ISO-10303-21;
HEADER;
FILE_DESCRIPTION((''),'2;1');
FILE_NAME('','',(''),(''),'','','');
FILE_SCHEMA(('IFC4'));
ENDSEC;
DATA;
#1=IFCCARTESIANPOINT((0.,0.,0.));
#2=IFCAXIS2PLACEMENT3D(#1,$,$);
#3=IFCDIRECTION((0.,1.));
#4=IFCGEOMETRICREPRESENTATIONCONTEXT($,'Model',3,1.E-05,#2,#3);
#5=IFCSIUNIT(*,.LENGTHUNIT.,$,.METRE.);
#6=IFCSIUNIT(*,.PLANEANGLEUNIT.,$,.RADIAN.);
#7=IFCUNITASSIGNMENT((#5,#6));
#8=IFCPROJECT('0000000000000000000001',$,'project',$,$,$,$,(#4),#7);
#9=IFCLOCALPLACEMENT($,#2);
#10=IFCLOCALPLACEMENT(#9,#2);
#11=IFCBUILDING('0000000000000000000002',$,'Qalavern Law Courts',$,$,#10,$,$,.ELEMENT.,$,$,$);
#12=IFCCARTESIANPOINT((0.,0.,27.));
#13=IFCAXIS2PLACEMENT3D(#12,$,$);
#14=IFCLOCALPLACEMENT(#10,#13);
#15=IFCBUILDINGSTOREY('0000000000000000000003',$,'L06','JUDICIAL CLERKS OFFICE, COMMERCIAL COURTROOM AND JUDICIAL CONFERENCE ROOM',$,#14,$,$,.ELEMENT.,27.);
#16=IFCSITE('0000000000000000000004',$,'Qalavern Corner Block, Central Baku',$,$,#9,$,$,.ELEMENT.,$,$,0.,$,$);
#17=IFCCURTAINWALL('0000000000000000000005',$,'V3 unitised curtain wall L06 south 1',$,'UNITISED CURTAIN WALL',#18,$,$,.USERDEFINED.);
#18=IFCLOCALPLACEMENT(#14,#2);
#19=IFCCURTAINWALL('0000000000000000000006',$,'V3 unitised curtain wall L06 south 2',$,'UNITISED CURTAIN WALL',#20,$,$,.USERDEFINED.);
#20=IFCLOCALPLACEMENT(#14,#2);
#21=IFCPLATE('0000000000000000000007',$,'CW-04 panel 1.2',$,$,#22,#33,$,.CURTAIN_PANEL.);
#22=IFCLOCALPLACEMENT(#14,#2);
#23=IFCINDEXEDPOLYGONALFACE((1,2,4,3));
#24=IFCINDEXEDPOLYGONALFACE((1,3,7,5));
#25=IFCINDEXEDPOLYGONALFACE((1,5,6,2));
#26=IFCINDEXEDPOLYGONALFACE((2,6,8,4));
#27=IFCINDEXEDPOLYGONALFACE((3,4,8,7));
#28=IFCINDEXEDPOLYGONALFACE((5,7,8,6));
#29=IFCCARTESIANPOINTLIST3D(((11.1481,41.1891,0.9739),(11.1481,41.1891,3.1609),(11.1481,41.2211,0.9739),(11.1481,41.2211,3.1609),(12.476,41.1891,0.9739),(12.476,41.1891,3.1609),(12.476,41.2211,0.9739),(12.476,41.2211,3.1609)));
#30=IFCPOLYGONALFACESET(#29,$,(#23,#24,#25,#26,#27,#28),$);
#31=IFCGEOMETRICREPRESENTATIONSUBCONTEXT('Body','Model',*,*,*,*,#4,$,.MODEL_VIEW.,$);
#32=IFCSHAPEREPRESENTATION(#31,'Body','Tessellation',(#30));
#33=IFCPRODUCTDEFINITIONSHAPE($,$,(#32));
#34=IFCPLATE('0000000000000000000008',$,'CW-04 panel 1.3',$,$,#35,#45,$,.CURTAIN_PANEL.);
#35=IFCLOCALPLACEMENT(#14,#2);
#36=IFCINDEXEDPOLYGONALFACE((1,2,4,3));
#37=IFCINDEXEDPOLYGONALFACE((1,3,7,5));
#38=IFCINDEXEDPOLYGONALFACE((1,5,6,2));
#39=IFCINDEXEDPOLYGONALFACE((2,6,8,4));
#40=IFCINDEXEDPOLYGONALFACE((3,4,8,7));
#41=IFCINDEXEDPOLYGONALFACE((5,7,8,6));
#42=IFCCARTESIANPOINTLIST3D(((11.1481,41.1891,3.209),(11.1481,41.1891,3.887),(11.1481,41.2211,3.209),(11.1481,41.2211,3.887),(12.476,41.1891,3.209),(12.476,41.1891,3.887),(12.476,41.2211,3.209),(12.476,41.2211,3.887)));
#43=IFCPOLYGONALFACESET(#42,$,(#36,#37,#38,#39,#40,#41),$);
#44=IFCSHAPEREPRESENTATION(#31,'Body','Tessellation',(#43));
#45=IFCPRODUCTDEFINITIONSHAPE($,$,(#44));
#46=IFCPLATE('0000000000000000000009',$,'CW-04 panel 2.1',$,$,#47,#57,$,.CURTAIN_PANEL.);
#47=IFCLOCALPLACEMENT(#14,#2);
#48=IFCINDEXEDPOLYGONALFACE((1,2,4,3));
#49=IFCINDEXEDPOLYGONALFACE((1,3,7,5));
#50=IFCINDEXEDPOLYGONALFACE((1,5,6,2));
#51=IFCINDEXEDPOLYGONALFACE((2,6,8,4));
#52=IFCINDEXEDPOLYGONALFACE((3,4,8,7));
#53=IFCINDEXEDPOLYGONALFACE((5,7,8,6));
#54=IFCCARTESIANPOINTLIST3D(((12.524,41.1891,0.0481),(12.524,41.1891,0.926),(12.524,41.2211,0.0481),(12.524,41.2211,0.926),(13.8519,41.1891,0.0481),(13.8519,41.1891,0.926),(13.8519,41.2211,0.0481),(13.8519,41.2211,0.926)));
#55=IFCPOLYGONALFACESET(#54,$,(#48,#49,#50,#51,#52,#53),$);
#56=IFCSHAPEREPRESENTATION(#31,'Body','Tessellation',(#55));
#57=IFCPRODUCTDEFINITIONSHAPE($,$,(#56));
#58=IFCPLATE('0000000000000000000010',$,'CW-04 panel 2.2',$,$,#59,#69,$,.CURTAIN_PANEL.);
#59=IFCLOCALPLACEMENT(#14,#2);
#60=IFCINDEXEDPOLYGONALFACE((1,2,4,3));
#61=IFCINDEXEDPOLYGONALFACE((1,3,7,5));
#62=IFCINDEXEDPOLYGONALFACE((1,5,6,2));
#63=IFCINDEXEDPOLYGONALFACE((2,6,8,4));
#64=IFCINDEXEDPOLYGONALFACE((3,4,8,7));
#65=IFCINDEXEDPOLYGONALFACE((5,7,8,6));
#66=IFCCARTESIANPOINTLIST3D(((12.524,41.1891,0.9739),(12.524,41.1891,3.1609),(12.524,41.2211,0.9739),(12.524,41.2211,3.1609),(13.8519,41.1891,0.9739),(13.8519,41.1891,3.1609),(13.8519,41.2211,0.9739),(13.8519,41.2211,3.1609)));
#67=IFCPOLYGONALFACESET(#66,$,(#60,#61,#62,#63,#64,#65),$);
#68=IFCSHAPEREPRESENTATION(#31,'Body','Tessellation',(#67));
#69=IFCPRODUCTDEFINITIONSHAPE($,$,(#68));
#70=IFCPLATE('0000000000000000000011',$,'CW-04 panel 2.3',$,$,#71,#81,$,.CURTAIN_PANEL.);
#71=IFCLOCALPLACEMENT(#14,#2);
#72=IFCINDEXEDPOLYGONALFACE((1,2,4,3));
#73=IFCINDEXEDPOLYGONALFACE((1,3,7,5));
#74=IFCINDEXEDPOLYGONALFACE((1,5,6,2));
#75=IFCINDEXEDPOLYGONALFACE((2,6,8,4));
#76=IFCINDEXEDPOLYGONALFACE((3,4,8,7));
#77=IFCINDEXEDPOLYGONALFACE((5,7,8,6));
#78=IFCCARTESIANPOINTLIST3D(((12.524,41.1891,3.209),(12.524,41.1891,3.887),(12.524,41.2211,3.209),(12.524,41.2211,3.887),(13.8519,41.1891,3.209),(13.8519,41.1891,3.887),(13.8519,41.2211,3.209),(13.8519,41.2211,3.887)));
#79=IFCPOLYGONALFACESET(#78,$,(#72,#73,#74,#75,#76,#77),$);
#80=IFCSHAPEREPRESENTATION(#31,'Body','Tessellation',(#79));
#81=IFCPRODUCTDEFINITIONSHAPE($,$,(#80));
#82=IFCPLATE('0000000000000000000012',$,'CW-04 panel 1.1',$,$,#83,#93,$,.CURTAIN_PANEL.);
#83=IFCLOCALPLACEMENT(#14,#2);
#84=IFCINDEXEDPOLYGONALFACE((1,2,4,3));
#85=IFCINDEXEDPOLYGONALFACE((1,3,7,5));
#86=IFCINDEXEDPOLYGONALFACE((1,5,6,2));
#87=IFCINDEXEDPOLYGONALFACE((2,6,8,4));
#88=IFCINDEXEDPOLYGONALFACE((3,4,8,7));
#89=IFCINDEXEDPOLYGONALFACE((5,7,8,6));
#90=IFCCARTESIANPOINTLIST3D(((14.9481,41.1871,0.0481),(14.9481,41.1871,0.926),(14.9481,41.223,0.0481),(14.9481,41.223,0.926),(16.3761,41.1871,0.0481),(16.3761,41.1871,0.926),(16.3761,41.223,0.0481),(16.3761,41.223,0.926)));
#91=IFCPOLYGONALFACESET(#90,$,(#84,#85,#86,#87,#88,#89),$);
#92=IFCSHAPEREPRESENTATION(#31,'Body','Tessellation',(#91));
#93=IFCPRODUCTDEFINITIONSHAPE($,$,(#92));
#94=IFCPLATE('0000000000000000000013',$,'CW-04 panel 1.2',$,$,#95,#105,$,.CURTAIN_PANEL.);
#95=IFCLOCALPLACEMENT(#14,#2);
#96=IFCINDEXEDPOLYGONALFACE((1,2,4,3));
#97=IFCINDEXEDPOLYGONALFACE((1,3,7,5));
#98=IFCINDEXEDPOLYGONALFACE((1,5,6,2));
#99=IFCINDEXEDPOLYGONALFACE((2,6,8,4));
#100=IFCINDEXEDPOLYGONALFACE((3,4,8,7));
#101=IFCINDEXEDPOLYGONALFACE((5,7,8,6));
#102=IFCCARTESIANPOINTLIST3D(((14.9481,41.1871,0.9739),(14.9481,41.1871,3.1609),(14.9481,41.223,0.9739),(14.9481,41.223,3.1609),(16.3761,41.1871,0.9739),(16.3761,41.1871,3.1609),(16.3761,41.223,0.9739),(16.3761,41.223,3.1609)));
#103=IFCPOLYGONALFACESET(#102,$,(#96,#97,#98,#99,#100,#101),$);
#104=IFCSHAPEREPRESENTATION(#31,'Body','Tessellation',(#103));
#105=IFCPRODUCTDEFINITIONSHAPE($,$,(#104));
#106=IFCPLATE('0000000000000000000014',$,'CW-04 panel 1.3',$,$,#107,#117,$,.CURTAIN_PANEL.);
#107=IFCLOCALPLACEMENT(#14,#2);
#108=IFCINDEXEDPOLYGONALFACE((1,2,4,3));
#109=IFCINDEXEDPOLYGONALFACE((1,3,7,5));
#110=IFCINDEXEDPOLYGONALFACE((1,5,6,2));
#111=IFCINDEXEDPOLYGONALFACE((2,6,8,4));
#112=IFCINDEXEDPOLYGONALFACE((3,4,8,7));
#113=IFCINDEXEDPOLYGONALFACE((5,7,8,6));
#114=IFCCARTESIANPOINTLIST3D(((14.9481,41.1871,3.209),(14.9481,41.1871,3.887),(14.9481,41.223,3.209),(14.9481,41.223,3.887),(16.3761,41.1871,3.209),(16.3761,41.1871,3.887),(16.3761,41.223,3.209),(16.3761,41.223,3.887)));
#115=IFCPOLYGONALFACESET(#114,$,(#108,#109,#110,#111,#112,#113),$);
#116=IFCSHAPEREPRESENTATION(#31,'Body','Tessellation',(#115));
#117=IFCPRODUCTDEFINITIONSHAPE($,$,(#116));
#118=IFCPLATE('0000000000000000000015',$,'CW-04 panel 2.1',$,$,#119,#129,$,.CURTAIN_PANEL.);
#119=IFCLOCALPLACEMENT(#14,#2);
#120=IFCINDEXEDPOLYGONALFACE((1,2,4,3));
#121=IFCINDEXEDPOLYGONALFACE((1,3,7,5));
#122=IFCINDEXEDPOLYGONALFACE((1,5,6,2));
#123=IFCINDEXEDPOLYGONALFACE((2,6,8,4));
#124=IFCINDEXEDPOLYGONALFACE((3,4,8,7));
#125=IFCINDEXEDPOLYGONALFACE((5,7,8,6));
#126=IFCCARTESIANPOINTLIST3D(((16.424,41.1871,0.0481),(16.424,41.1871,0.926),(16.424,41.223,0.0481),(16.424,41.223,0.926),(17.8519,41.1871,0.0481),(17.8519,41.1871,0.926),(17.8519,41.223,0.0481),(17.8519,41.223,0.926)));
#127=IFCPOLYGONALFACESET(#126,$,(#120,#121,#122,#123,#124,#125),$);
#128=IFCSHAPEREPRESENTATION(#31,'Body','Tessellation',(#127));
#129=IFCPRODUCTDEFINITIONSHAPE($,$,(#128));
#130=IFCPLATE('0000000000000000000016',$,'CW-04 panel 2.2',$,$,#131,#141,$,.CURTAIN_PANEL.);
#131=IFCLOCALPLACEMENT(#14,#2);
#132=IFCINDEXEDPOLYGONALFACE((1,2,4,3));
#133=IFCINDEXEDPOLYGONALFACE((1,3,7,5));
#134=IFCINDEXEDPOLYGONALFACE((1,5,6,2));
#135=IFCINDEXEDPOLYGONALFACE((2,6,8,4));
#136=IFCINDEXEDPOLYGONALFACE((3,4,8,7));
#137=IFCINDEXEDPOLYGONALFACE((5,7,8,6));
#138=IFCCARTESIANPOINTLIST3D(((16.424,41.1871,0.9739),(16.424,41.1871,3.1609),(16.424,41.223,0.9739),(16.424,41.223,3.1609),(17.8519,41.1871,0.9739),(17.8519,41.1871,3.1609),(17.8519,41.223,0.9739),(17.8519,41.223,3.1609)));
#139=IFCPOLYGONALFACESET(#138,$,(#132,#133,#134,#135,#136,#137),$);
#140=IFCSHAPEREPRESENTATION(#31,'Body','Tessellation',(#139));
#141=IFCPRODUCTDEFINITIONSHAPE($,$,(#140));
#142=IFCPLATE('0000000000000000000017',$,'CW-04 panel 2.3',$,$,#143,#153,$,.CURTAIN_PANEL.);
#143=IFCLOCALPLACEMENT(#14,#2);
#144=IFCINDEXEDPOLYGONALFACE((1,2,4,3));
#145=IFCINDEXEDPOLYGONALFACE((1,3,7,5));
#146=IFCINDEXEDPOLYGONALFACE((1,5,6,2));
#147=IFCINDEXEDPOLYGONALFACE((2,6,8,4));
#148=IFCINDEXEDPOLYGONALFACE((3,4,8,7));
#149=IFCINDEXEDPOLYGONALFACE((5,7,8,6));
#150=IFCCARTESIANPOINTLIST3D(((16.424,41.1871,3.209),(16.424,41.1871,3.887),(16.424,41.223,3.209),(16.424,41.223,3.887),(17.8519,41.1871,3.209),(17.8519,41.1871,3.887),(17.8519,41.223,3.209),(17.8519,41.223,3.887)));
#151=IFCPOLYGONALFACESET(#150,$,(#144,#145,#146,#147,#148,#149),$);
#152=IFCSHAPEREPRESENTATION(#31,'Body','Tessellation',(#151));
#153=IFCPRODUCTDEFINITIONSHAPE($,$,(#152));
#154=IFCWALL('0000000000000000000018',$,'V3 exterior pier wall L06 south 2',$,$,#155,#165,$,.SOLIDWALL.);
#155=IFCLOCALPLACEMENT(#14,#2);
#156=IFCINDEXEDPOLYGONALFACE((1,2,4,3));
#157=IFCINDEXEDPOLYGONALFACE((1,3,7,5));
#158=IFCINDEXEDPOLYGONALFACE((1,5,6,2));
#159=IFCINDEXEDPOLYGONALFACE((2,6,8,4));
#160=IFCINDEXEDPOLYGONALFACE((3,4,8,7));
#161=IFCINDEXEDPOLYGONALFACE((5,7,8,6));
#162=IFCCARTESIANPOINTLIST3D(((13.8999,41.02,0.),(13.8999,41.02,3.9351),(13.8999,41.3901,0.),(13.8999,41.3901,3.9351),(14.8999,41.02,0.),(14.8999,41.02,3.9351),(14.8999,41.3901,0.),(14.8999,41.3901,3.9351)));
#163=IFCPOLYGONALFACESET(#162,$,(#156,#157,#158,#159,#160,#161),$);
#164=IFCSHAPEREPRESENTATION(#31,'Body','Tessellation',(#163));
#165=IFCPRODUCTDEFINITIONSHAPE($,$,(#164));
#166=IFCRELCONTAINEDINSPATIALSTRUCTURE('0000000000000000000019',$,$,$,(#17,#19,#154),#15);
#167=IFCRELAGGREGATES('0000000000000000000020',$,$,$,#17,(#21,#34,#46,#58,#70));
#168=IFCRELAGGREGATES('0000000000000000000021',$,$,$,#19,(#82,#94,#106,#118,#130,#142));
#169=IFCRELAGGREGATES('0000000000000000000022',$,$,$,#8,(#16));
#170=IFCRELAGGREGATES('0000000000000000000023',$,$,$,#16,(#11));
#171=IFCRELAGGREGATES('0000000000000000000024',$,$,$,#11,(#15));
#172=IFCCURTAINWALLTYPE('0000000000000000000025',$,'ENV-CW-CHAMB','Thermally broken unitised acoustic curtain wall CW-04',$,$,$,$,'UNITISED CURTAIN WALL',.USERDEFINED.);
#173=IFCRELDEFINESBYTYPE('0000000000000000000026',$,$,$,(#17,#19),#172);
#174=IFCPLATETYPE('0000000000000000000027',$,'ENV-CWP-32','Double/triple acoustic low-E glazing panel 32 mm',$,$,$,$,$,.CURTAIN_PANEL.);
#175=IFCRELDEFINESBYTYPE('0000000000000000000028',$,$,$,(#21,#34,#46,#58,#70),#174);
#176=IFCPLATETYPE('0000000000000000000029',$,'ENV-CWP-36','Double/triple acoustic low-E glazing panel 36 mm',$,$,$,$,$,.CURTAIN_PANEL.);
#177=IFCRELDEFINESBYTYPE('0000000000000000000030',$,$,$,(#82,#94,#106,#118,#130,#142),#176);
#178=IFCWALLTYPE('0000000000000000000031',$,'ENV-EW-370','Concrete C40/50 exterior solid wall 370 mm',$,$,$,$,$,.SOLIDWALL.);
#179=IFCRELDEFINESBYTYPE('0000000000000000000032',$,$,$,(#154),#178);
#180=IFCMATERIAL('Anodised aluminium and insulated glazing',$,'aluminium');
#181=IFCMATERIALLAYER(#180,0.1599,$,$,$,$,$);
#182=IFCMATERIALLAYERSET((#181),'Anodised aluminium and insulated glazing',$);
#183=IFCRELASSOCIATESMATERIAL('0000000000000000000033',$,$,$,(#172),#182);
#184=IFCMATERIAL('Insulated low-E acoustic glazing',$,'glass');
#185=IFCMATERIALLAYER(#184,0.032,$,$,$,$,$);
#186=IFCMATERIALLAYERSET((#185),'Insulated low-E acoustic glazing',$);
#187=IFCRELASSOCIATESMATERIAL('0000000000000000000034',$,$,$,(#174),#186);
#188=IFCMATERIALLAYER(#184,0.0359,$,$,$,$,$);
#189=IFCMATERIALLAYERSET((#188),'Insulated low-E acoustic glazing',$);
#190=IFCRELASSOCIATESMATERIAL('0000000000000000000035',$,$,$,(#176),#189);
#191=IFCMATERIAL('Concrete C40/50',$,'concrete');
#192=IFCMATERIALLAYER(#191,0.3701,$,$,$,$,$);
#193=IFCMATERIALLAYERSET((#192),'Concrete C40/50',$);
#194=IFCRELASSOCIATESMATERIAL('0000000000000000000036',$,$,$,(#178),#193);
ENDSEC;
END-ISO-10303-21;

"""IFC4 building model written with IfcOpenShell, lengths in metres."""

from ifc_helpers import new_model, si_unit, direction, frame, frame_2d, origin, origin_2d, place, context, subcontext, project, spatial, rectangle, extrude, material, layer, layer_set, type_object, element, aggregate, save


model = new_model("IFC4")

# Units and contexts
model_context = context("Model", 3, precision=1e-05, world=origin(), true_north=direction((0.0, 1.0)))
body_context = subcontext(model_context, "Body", "Model", "MODEL_VIEW")
ifc_project = project(units=[si_unit("LENGTHUNIT", "METRE"), si_unit("PLANEANGLEUNIT", "RADIAN")], contexts=[model_context])

# Site, building, storey
site_placement = place(None, origin())
site = spatial("IfcSite", under=ifc_project, at=site_placement, Name="Qalavern Corner Block, Central Baku", CompositionType="ELEMENT", RefElevation=0.0)
building_placement = place(site_placement, origin())
building = spatial("IfcBuilding", under=site, at=building_placement, Name="Qalavern Law Courts", CompositionType="ELEMENT")
storey_placement = place(building_placement, frame((0.0, 0.0, 27.0)))
storey = spatial("IfcBuildingStorey", under=building, at=storey_placement, Name="L06", Description="JUDICIAL CLERKS OFFICE, COMMERCIAL COURTROOM AND JUDICIAL CONFERENCE ROOM", CompositionType="ELEMENT", Elevation=27.0)

# Curtain walls
ifc_material_1 = material(Name="Anodised aluminium and insulated glazing", Category="aluminium")
ifc_layer_1 = layer(ifc_material_1, 0.1599)
ifc_layer_set_1 = layer_set([ifc_layer_1], Name="Anodised aluminium and insulated glazing")
curtain_wall_type = type_object("IfcCurtainWallType", Name="ENV-CW-CHAMB", Description="Thermally broken unitised acoustic curtain wall CW-04", ElementType="UNITISED CURTAIN WALL", PredefinedType="USERDEFINED", material=ifc_layer_set_1)
curtain_wall_1_placement = place(storey_placement, origin())
curtain_wall_1 = element("IfcCurtainWall", 1, at=curtain_wall_1_placement, inside=storey, type_object=curtain_wall_type, Name="V3 unitised curtain wall L06 south 1", ObjectType="UNITISED CURTAIN WALL", PredefinedType="USERDEFINED")
curtain_wall_2_placement = place(storey_placement, origin())
curtain_wall_2 = element("IfcCurtainWall", 2, at=curtain_wall_2_placement, inside=storey, type_object=curtain_wall_type, Name="V3 unitised curtain wall L06 south 2", ObjectType="UNITISED CURTAIN WALL", PredefinedType="USERDEFINED")

# Plates
ifc_material_2 = material(Name="Insulated low-E acoustic glazing", Category="glass")
ifc_layer_2 = layer(ifc_material_2, 0.032)
ifc_layer_set_2 = layer_set([ifc_layer_2], Name="Insulated low-E acoustic glazing")
plate_type_1 = type_object("IfcPlateType", Name="ENV-CWP-32", Description="Double/triple acoustic low-E glazing panel 32 mm", PredefinedType="CURTAIN_PANEL", material=ifc_layer_set_2)
plate_1_placement = place(storey_placement, frame((11.812, 41.2051, 0.9739), z_axis=(0.0, 0.0, 1.0), x_axis=(1.0, 0.0, 0.0)))
plate_1 = element("IfcPlate", 3, at=plate_1_placement, type_object=plate_type_1, Name="CW-04 panel 1.2", PredefinedType="CURTAIN_PANEL", context=body_context, shape_type="SweptSolid", body=[
    extrude(rectangle(XDim=1.3279, YDim=0.032, at=origin_2d()), origin(), (0.0, 0.0, 1.0), 2.187),
])
plate_2_placement = place(storey_placement, frame((11.812, 41.2051, 3.209), z_axis=(0.0, 0.0, 1.0), x_axis=(1.0, 0.0, 0.0)))
plate_2 = element("IfcPlate", 4, at=plate_2_placement, type_object=plate_type_1, Name="CW-04 panel 1.3", PredefinedType="CURTAIN_PANEL", context=body_context, shape_type="SweptSolid", body=[
    extrude(rectangle(XDim=1.3279, YDim=0.032, at=origin_2d()), origin(), (0.0, 0.0, 1.0), 0.678),
])
plate_3_placement = place(storey_placement, frame((13.188, 41.2051, 0.0481), z_axis=(0.0, 0.0, 1.0), x_axis=(1.0, 0.0, 0.0)))
plate_3 = element("IfcPlate", 5, at=plate_3_placement, type_object=plate_type_1, Name="CW-04 panel 2.1", PredefinedType="CURTAIN_PANEL", context=body_context, shape_type="SweptSolid", body=[
    extrude(rectangle(XDim=1.3279, YDim=0.032, at=origin_2d()), origin(), (0.0, 0.0, 1.0), 0.8779),
])
plate_4_placement = place(storey_placement, frame((13.188, 41.2051, 0.9739), z_axis=(0.0, 0.0, 1.0), x_axis=(1.0, 0.0, 0.0)))
plate_4 = element("IfcPlate", 6, at=plate_4_placement, type_object=plate_type_1, Name="CW-04 panel 2.2", PredefinedType="CURTAIN_PANEL", context=body_context, shape_type="SweptSolid", body=[
    extrude(rectangle(XDim=1.3279, YDim=0.032, at=origin_2d()), origin(), (0.0, 0.0, 1.0), 2.187),
])
plate_5_placement = place(storey_placement, frame((13.188, 41.2051, 3.209), z_axis=(0.0, 0.0, 1.0), x_axis=(1.0, 0.0, 0.0)))
plate_5 = element("IfcPlate", 7, at=plate_5_placement, type_object=plate_type_1, Name="CW-04 panel 2.3", PredefinedType="CURTAIN_PANEL", context=body_context, shape_type="SweptSolid", body=[
    extrude(rectangle(XDim=1.3279, YDim=0.032, at=origin_2d()), origin(), (0.0, 0.0, 1.0), 0.678),
])
aggregate(curtain_wall_1, [plate_1, plate_2, plate_3, plate_4, plate_5])
ifc_layer_3 = layer(ifc_material_2, 0.0359)
ifc_layer_set_3 = layer_set([ifc_layer_3], Name="Insulated low-E acoustic glazing")
plate_type_2 = type_object("IfcPlateType", Name="ENV-CWP-36", Description="Double/triple acoustic low-E glazing panel 36 mm", PredefinedType="CURTAIN_PANEL", material=ifc_layer_set_3)
plate_6_placement = place(storey_placement, frame((15.6621, 41.2051, 0.0481), z_axis=(0.0, 0.0, 1.0), x_axis=(1.0, 0.0, 0.0)))
plate_6 = element("IfcPlate", 8, at=plate_6_placement, type_object=plate_type_2, Name="CW-04 panel 1.1", PredefinedType="CURTAIN_PANEL", context=body_context, shape_type="SweptSolid", body=[
    extrude(rectangle(XDim=1.428, YDim=0.0359, at=origin_2d()), origin(), (0.0, 0.0, 1.0), 0.8779),
])
plate_7_placement = place(storey_placement, frame((15.6621, 41.2051, 0.9739), z_axis=(0.0, 0.0, 1.0), x_axis=(1.0, 0.0, 0.0)))
plate_7 = element("IfcPlate", 9, at=plate_7_placement, type_object=plate_type_2, Name="CW-04 panel 1.2", PredefinedType="CURTAIN_PANEL", context=body_context, shape_type="SweptSolid", body=[
    extrude(rectangle(XDim=1.428, YDim=0.0359, at=origin_2d()), origin(), (0.0, 0.0, 1.0), 2.187),
])
plate_8_placement = place(storey_placement, frame((15.6621, 41.2051, 3.209), z_axis=(0.0, 0.0, 1.0), x_axis=(1.0, 0.0, 0.0)))
plate_8 = element("IfcPlate", 10, at=plate_8_placement, type_object=plate_type_2, Name="CW-04 panel 1.3", PredefinedType="CURTAIN_PANEL", context=body_context, shape_type="SweptSolid", body=[
    extrude(rectangle(XDim=1.428, YDim=0.0359, at=origin_2d()), origin(), (0.0, 0.0, 1.0), 0.678),
])
plate_9_placement = place(storey_placement, frame((17.1379, 41.2051, 0.0481), z_axis=(0.0, 0.0, 1.0), x_axis=(1.0, 0.0, 0.0)))
plate_9 = element("IfcPlate", 11, at=plate_9_placement, type_object=plate_type_2, Name="CW-04 panel 2.1", PredefinedType="CURTAIN_PANEL", context=body_context, shape_type="SweptSolid", body=[
    extrude(rectangle(XDim=1.428, YDim=0.0359, at=origin_2d()), origin(), (0.0, 0.0, 1.0), 0.8779),
])
plate_10_placement = place(storey_placement, frame((17.1379, 41.2051, 0.9739), z_axis=(0.0, 0.0, 1.0), x_axis=(1.0, 0.0, 0.0)))
plate_10 = element("IfcPlate", 12, at=plate_10_placement, type_object=plate_type_2, Name="CW-04 panel 2.2", PredefinedType="CURTAIN_PANEL", context=body_context, shape_type="SweptSolid", body=[
    extrude(rectangle(XDim=1.428, YDim=0.0359, at=origin_2d()), origin(), (0.0, 0.0, 1.0), 2.187),
])
plate_11_placement = place(storey_placement, frame((17.1379, 41.2051, 3.209), z_axis=(0.0, 0.0, 1.0), x_axis=(1.0, 0.0, 0.0)))
plate_11 = element("IfcPlate", 13, at=plate_11_placement, type_object=plate_type_2, Name="CW-04 panel 2.3", PredefinedType="CURTAIN_PANEL", context=body_context, shape_type="SweptSolid", body=[
    extrude(rectangle(XDim=1.428, YDim=0.0359, at=origin_2d()), origin(), (0.0, 0.0, 1.0), 0.678),
])
aggregate(curtain_wall_2, [plate_6, plate_7, plate_8, plate_9, plate_10, plate_11])

# Wall
ifc_material_3 = material(Name="Concrete C40/50", Category="concrete")
ifc_layer_4 = layer(ifc_material_3, 0.3701)
ifc_layer_set_4 = layer_set([ifc_layer_4], Name="Concrete C40/50")
wall_type = type_object("IfcWallType", Name="ENV-EW-370", Description="Concrete C40/50 exterior solid wall 370 mm", PredefinedType="SOLIDWALL", material=ifc_layer_set_4)
wall_placement = place(storey_placement, frame((13.8999, 41.2051, 0.0), z_axis=(0.0, 0.0, 1.0), x_axis=(1.0, 0.0, 0.0)))
element("IfcWall", 14, at=wall_placement, inside=storey, type_object=wall_type, Name="V3 exterior pier wall L06 south 2", PredefinedType="SOLIDWALL", context=body_context, shape_type="SweptSolid", body=[
    extrude(rectangle(XDim=1.0, YDim=0.3701, at=frame_2d((0.5, 0.0))), origin(), (0.0, 0.0, 1.0), 3.9351),
])

save(model, "model.ifc")
